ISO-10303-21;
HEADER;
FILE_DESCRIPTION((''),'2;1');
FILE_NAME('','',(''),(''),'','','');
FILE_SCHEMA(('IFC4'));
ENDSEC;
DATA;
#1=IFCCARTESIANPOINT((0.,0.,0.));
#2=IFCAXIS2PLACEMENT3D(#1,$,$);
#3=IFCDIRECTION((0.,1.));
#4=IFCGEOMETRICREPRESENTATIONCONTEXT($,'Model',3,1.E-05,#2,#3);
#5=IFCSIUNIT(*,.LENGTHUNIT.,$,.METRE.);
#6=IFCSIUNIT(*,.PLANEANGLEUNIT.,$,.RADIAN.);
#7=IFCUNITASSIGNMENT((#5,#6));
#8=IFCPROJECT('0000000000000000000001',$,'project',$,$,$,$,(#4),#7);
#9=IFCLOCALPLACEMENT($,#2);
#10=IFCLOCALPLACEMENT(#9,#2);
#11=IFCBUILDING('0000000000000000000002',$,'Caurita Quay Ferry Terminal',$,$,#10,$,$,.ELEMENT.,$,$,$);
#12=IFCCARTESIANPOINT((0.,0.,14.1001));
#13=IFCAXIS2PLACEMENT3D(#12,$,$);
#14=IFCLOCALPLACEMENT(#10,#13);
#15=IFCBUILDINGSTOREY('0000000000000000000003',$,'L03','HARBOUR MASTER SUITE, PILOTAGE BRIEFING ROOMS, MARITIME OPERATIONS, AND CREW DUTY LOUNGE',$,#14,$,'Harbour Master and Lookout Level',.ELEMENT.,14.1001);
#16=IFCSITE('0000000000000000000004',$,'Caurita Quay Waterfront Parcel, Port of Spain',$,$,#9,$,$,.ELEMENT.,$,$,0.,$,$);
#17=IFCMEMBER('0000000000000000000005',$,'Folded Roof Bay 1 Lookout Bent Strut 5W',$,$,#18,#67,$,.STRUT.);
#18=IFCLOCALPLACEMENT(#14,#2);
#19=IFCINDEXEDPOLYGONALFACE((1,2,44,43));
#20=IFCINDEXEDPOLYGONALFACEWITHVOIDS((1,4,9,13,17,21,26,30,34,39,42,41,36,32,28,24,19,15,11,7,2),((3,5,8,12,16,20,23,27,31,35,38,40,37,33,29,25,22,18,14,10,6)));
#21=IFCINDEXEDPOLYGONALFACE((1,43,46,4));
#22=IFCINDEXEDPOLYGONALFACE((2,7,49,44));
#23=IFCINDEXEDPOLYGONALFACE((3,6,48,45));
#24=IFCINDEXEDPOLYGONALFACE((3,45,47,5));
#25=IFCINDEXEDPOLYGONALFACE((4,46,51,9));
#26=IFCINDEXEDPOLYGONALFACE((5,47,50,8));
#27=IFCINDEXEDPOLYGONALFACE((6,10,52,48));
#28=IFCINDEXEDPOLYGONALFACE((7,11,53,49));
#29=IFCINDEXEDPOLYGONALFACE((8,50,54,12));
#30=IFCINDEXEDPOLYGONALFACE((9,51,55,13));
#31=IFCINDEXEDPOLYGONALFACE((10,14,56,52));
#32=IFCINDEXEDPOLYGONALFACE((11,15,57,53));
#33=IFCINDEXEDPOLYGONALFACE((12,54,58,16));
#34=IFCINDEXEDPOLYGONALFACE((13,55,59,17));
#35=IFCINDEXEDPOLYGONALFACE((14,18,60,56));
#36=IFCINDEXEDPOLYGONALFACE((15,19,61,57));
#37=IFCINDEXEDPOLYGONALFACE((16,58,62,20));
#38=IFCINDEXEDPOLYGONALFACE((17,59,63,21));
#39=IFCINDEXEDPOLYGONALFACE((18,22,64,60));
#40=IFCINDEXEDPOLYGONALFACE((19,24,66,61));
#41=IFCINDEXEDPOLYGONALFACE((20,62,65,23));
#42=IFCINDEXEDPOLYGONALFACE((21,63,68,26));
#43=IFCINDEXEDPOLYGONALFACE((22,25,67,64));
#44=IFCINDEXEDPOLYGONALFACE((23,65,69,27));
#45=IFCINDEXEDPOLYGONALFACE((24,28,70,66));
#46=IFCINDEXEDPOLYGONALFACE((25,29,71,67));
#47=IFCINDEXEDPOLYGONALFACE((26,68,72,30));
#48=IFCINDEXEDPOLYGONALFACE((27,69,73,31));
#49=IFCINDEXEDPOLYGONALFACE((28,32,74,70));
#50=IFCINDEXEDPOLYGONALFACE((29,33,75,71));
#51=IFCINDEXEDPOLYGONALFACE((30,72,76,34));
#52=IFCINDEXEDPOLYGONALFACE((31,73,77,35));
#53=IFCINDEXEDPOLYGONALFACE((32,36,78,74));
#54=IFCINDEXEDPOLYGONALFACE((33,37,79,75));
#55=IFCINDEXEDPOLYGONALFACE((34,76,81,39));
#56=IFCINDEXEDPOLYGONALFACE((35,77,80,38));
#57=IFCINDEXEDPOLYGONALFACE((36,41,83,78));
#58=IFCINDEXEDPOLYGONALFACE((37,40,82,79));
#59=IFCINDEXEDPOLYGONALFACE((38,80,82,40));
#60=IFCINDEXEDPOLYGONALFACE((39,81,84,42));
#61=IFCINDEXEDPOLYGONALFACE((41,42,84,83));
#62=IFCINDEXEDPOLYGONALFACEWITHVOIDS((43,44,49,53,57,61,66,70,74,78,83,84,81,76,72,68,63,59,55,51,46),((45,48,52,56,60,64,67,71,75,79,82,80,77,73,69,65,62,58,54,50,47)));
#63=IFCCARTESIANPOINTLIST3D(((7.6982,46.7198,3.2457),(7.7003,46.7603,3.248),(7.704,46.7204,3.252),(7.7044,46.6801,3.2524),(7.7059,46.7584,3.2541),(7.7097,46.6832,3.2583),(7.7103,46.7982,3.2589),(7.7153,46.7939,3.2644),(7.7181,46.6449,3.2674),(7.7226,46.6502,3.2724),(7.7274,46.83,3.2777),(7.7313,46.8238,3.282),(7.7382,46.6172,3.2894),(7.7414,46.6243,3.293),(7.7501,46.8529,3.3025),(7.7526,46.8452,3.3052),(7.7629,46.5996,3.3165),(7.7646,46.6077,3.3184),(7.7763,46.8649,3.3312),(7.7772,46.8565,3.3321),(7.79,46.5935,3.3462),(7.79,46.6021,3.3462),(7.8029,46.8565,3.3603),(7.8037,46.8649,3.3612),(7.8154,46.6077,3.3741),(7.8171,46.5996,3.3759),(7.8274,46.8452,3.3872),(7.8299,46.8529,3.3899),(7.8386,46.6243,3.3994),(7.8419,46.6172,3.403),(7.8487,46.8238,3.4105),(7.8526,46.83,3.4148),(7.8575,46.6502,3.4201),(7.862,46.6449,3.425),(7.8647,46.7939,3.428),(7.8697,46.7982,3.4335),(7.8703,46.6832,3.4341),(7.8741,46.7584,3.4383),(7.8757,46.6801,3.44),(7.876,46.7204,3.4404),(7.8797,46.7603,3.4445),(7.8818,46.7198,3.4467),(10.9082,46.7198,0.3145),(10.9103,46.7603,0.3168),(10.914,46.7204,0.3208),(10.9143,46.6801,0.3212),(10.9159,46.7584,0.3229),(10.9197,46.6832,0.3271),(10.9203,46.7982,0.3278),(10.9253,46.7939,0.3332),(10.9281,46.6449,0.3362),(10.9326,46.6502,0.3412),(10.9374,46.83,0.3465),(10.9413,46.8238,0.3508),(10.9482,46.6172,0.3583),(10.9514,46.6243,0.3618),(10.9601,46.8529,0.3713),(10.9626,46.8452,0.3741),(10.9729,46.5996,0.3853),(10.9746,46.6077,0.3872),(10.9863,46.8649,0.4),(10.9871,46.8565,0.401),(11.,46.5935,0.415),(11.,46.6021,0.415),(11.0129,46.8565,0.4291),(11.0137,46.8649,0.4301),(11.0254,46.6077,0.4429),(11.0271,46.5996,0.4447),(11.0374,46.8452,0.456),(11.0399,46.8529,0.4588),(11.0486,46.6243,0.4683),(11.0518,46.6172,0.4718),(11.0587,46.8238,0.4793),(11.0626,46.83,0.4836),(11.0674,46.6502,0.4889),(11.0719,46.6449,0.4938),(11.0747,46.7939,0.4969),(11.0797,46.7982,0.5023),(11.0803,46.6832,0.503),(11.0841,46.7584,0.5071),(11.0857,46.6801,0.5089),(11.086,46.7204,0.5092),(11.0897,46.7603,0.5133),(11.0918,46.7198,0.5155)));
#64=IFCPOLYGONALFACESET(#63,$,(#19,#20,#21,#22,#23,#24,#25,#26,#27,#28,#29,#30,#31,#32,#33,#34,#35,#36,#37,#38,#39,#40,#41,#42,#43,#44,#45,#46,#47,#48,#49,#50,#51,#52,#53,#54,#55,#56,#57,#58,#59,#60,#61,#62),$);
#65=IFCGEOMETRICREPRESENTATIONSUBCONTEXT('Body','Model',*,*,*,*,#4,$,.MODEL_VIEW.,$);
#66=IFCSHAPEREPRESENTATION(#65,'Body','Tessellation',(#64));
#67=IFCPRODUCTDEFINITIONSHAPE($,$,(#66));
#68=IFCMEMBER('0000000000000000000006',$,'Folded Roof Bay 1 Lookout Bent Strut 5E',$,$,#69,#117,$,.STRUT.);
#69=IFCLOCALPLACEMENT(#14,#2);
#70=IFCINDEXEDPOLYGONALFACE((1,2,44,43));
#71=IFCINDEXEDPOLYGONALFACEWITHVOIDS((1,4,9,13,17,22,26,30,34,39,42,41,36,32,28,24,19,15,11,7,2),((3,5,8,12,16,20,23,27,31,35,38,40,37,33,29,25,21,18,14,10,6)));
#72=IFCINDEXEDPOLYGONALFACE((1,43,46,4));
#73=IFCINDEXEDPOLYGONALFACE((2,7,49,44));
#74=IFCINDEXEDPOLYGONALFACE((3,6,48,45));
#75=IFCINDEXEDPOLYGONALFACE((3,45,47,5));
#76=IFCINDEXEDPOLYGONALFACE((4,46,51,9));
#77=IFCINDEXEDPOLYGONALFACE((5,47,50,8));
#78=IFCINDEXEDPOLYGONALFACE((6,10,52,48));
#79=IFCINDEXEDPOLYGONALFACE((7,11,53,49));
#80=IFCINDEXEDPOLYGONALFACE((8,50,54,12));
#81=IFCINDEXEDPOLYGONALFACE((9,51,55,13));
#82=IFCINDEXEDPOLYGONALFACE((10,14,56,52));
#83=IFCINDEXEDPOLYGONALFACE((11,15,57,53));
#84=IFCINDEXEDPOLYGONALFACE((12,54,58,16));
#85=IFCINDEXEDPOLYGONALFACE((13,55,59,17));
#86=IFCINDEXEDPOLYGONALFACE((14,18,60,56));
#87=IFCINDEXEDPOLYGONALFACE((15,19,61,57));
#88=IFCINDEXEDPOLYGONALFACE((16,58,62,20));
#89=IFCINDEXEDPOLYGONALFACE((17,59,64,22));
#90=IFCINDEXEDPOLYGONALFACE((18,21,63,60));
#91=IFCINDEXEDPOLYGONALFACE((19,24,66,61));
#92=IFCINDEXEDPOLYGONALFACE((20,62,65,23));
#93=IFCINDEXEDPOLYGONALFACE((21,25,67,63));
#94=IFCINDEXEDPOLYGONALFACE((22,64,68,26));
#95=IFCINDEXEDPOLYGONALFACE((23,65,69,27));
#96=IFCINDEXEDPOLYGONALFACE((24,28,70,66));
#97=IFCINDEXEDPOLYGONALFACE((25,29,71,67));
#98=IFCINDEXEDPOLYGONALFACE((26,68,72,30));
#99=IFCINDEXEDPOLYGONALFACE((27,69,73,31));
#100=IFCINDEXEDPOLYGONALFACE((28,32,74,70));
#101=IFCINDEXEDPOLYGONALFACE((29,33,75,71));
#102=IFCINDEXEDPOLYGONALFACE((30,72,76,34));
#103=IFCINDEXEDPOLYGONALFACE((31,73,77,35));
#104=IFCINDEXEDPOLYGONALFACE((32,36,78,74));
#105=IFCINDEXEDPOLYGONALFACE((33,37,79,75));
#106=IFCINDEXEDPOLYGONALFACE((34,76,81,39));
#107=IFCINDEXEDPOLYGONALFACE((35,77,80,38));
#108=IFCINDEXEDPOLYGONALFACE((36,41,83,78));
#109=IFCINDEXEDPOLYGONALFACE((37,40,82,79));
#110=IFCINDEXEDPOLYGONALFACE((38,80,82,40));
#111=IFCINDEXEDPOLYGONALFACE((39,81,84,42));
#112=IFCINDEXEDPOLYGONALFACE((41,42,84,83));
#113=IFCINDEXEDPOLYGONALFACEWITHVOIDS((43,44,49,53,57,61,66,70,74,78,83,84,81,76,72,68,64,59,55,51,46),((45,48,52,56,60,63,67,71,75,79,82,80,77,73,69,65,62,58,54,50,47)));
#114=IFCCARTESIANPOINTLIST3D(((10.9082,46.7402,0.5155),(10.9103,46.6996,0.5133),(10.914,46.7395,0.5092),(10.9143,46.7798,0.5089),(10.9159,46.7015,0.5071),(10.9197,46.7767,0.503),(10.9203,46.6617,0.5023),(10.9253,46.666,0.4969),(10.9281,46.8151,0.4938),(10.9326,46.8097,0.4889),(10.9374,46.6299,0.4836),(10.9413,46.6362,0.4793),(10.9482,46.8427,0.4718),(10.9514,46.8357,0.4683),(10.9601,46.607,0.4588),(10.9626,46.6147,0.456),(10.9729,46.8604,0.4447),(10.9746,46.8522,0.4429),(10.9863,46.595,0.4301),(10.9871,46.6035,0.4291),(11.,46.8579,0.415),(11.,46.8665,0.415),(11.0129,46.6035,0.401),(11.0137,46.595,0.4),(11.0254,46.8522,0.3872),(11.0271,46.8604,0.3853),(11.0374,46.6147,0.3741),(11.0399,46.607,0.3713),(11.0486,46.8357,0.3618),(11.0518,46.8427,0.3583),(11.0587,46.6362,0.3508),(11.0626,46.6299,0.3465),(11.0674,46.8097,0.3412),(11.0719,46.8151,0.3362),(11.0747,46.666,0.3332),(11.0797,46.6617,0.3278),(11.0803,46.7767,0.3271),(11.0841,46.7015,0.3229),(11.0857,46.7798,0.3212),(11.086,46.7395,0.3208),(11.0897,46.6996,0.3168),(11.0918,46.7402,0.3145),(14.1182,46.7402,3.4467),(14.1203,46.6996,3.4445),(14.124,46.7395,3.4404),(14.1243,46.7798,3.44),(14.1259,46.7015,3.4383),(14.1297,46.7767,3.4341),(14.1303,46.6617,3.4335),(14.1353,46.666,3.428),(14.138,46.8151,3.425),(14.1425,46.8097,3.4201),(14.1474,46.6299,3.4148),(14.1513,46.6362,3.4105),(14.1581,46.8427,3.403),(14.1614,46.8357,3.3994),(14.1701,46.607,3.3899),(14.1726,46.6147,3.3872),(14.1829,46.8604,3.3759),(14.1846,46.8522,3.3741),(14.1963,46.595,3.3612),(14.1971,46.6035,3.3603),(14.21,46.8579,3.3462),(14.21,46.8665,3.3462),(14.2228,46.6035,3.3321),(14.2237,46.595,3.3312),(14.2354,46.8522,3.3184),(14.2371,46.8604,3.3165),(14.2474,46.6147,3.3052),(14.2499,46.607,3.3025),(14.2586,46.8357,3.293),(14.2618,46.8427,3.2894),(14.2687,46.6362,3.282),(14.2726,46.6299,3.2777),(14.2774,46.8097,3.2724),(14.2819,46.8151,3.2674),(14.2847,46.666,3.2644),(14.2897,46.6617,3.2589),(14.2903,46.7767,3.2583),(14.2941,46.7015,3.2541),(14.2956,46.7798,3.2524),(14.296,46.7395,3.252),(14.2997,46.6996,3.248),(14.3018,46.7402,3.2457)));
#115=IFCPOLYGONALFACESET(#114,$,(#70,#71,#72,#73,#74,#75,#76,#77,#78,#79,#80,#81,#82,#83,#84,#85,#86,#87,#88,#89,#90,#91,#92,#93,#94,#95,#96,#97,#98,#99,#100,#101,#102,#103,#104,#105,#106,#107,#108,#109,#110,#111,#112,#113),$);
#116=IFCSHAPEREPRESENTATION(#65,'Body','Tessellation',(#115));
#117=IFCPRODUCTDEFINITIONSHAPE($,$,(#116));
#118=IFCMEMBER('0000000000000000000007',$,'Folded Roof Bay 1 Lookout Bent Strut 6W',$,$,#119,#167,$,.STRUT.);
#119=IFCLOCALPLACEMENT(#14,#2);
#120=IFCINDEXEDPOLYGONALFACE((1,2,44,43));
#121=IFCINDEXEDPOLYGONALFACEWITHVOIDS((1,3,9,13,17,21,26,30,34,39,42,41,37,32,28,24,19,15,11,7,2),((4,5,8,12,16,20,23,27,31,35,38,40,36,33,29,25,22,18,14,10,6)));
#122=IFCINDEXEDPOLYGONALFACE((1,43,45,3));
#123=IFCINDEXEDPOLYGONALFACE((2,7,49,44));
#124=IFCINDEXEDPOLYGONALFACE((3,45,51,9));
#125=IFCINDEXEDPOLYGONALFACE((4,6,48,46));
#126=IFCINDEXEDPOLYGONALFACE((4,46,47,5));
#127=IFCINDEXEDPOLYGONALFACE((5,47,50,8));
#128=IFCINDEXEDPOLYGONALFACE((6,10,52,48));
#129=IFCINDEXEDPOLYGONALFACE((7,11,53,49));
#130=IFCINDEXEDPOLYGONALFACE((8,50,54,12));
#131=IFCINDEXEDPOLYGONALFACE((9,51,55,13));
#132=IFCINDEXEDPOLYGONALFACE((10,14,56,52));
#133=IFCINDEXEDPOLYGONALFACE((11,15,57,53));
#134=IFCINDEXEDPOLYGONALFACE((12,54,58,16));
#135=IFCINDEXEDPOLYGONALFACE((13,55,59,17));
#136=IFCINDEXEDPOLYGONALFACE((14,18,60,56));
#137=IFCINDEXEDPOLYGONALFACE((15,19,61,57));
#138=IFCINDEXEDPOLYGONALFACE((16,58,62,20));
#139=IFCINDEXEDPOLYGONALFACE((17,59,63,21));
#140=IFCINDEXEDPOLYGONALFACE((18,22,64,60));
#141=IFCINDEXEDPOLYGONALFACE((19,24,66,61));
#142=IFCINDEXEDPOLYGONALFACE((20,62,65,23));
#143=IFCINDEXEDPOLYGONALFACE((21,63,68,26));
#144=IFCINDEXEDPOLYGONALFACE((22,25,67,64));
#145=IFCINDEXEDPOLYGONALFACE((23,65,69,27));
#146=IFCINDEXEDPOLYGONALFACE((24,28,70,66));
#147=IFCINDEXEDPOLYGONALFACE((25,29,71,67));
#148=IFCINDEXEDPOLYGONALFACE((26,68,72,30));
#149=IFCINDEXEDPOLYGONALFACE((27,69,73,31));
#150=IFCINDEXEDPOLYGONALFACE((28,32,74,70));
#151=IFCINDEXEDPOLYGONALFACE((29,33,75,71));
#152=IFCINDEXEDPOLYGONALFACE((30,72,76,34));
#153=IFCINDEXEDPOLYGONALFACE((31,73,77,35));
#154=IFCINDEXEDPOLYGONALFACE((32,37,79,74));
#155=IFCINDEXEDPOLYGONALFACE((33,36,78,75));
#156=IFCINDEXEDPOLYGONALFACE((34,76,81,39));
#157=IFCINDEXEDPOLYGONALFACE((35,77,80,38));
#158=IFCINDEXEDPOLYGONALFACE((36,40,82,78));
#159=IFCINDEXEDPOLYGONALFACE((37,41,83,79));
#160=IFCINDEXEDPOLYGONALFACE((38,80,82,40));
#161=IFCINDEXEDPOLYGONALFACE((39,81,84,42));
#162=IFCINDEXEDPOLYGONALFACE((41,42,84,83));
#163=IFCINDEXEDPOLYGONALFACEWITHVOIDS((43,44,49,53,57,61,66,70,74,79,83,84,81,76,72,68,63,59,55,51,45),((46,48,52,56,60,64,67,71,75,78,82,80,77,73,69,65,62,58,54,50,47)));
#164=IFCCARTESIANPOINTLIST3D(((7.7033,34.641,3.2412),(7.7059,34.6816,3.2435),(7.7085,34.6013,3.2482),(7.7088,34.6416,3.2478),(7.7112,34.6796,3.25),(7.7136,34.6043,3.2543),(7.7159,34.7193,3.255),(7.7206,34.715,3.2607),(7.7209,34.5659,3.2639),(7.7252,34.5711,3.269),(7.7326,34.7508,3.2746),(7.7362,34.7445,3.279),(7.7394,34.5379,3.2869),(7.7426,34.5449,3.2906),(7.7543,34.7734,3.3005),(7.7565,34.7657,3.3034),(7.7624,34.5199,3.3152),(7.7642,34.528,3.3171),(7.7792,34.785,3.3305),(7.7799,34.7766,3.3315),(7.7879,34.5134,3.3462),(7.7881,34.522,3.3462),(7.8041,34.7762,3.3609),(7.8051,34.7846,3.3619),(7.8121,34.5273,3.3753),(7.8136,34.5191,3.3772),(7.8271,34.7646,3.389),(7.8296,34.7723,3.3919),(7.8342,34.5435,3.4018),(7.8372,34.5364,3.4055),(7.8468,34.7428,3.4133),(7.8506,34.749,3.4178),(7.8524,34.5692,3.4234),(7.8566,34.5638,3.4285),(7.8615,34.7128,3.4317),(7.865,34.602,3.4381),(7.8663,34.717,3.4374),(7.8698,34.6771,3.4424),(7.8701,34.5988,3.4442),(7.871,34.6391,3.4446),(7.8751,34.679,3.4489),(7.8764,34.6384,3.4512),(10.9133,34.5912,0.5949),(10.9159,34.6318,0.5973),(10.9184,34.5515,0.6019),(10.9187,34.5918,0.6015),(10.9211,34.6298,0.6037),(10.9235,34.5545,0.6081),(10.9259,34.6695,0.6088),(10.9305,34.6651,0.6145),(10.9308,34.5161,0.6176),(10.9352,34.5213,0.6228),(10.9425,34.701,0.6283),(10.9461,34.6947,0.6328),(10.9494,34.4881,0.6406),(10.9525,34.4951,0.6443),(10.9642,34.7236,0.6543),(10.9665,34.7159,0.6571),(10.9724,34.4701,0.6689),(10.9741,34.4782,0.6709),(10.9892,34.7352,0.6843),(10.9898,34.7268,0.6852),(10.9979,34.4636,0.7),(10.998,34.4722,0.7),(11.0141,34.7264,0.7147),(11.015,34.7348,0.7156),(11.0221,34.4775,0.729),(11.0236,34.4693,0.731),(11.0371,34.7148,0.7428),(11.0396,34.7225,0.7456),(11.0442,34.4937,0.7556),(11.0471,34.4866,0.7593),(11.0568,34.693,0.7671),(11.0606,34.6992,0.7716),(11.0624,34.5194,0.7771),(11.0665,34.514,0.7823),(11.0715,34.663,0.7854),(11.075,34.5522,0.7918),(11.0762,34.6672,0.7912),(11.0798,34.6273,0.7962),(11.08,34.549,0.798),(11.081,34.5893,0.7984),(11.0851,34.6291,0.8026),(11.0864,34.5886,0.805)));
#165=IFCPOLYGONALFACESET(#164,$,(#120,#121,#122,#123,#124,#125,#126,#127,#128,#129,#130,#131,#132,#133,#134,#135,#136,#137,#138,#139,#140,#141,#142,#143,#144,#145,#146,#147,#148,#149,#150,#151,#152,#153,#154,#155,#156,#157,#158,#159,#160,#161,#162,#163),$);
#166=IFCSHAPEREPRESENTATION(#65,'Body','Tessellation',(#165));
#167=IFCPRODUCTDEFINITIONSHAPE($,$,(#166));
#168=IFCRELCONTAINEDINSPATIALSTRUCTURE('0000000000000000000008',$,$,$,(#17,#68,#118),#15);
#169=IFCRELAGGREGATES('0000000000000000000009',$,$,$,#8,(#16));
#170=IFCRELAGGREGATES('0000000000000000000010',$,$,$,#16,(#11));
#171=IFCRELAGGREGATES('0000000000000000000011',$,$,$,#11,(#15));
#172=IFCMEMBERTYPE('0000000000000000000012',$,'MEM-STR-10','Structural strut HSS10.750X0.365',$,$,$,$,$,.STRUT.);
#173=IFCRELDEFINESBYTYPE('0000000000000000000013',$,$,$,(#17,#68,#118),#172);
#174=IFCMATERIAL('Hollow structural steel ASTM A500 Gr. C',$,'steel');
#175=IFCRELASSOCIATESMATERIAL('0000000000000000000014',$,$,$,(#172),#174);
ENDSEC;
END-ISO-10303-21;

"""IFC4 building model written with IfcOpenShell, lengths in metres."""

from ifc_helpers import new_model, si_unit, direction, frame, origin, origin_2d, place, context, subcontext, project, spatial, hollow_circle, extrude, material, material_profile, profile_set, type_object, element, save


model = new_model("IFC4")

# Units and contexts
model_context = context("Model", 3, precision=1e-05, world=origin(), true_north=direction((0.0, 1.0)))
body_context = subcontext(model_context, "Body", "Model", "MODEL_VIEW")
ifc_project = project(units=[si_unit("LENGTHUNIT", "METRE"), si_unit("PLANEANGLEUNIT", "RADIAN")], contexts=[model_context])

# Site, building, storey
site_placement = place(None, origin())
site = spatial("IfcSite", under=ifc_project, at=site_placement, Name="Caurita Quay Waterfront Parcel, Port of Spain", CompositionType="ELEMENT", RefElevation=0.0)
building_placement = place(site_placement, origin())
building = spatial("IfcBuilding", under=site, at=building_placement, Name="Caurita Quay Ferry Terminal", CompositionType="ELEMENT")
storey_placement = place(building_placement, frame((0.0, 0.0, 14.1001)))
storey = spatial("IfcBuildingStorey", under=building, at=storey_placement, Name="L03", Description="HARBOUR MASTER SUITE, PILOTAGE BRIEFING ROOMS, MARITIME OPERATIONS, AND CREW DUTY LOUNGE", LongName="Harbour Master and Lookout Level", CompositionType="ELEMENT", Elevation=14.1001)

# Shared definitions
ifc_material_1 = material(Name="Hollow structural steel ASTM A500 Gr. C", Category="steel")

# Members
ifc_material_profile_1 = material_profile(ifc_material_1, hollow_circle(Radius=0.1365, WallThickness=0.0085, at=origin_2d()), Name="HSS10.750X0.365")
ifc_profile_set_1 = profile_set([ifc_material_profile_1], Name="Hollow structural steel ASTM A500 Gr. C")
member_type_1 = type_object("IfcMemberType", Name="MEM-STR-10", Description="Structural strut HSS10.750X0.365", PredefinedType="STRUT", material=ifc_profile_set_1)
for number, where, z_axis, x_axis, name in (
    (1, (11.0, 46.73, 0.415), (-0.738449, 0.0, 0.674309), (0.0, -1.0, 0.0), "Folded Roof Bay 1 Lookout Bent Strut 5W"),
    (2, (11.0, 46.73, 0.415), (0.738449, 0.0, 0.674309), (0.0, 1.0, 0.0), "Folded Roof Bay 1 Lookout Bent Strut 5E"),
):
    element("IfcMember", number, at=place(storey_placement, frame(where, z_axis=z_axis, x_axis=x_axis)), inside=storey, type_object=member_type_1, Name=name, PredefinedType="STRUT", context=body_context, shape_type="SweptSolid", body=[
        extrude(hollow_circle(Radius=0.1365, WallThickness=0.0085, at=origin_2d()), origin(), (0.0, 0.0, 1.0), 4.3469),
    ])
for number, where, z_axis, x_axis, name in (
    (3, (11.0, 34.6001, 0.7), (-0.771551, 0.011971, 0.636054), (-0.015514, -0.99988, 0.0), "Folded Roof Bay 1 Lookout Bent Strut 6W"),
):
    element("IfcMember", number, at=place(storey_placement, frame(where, z_axis=z_axis, x_axis=x_axis)), inside=storey, type_object=member_type_1, Name=name, PredefinedType="STRUT", context=body_context, shape_type="SweptSolid", body=[
        extrude(hollow_circle(Radius=0.1365, WallThickness=0.0085, at=origin_2d()), origin(), (0.0, 0.0, 1.0), 4.1604),
    ])

save(model, "model.ifc")
